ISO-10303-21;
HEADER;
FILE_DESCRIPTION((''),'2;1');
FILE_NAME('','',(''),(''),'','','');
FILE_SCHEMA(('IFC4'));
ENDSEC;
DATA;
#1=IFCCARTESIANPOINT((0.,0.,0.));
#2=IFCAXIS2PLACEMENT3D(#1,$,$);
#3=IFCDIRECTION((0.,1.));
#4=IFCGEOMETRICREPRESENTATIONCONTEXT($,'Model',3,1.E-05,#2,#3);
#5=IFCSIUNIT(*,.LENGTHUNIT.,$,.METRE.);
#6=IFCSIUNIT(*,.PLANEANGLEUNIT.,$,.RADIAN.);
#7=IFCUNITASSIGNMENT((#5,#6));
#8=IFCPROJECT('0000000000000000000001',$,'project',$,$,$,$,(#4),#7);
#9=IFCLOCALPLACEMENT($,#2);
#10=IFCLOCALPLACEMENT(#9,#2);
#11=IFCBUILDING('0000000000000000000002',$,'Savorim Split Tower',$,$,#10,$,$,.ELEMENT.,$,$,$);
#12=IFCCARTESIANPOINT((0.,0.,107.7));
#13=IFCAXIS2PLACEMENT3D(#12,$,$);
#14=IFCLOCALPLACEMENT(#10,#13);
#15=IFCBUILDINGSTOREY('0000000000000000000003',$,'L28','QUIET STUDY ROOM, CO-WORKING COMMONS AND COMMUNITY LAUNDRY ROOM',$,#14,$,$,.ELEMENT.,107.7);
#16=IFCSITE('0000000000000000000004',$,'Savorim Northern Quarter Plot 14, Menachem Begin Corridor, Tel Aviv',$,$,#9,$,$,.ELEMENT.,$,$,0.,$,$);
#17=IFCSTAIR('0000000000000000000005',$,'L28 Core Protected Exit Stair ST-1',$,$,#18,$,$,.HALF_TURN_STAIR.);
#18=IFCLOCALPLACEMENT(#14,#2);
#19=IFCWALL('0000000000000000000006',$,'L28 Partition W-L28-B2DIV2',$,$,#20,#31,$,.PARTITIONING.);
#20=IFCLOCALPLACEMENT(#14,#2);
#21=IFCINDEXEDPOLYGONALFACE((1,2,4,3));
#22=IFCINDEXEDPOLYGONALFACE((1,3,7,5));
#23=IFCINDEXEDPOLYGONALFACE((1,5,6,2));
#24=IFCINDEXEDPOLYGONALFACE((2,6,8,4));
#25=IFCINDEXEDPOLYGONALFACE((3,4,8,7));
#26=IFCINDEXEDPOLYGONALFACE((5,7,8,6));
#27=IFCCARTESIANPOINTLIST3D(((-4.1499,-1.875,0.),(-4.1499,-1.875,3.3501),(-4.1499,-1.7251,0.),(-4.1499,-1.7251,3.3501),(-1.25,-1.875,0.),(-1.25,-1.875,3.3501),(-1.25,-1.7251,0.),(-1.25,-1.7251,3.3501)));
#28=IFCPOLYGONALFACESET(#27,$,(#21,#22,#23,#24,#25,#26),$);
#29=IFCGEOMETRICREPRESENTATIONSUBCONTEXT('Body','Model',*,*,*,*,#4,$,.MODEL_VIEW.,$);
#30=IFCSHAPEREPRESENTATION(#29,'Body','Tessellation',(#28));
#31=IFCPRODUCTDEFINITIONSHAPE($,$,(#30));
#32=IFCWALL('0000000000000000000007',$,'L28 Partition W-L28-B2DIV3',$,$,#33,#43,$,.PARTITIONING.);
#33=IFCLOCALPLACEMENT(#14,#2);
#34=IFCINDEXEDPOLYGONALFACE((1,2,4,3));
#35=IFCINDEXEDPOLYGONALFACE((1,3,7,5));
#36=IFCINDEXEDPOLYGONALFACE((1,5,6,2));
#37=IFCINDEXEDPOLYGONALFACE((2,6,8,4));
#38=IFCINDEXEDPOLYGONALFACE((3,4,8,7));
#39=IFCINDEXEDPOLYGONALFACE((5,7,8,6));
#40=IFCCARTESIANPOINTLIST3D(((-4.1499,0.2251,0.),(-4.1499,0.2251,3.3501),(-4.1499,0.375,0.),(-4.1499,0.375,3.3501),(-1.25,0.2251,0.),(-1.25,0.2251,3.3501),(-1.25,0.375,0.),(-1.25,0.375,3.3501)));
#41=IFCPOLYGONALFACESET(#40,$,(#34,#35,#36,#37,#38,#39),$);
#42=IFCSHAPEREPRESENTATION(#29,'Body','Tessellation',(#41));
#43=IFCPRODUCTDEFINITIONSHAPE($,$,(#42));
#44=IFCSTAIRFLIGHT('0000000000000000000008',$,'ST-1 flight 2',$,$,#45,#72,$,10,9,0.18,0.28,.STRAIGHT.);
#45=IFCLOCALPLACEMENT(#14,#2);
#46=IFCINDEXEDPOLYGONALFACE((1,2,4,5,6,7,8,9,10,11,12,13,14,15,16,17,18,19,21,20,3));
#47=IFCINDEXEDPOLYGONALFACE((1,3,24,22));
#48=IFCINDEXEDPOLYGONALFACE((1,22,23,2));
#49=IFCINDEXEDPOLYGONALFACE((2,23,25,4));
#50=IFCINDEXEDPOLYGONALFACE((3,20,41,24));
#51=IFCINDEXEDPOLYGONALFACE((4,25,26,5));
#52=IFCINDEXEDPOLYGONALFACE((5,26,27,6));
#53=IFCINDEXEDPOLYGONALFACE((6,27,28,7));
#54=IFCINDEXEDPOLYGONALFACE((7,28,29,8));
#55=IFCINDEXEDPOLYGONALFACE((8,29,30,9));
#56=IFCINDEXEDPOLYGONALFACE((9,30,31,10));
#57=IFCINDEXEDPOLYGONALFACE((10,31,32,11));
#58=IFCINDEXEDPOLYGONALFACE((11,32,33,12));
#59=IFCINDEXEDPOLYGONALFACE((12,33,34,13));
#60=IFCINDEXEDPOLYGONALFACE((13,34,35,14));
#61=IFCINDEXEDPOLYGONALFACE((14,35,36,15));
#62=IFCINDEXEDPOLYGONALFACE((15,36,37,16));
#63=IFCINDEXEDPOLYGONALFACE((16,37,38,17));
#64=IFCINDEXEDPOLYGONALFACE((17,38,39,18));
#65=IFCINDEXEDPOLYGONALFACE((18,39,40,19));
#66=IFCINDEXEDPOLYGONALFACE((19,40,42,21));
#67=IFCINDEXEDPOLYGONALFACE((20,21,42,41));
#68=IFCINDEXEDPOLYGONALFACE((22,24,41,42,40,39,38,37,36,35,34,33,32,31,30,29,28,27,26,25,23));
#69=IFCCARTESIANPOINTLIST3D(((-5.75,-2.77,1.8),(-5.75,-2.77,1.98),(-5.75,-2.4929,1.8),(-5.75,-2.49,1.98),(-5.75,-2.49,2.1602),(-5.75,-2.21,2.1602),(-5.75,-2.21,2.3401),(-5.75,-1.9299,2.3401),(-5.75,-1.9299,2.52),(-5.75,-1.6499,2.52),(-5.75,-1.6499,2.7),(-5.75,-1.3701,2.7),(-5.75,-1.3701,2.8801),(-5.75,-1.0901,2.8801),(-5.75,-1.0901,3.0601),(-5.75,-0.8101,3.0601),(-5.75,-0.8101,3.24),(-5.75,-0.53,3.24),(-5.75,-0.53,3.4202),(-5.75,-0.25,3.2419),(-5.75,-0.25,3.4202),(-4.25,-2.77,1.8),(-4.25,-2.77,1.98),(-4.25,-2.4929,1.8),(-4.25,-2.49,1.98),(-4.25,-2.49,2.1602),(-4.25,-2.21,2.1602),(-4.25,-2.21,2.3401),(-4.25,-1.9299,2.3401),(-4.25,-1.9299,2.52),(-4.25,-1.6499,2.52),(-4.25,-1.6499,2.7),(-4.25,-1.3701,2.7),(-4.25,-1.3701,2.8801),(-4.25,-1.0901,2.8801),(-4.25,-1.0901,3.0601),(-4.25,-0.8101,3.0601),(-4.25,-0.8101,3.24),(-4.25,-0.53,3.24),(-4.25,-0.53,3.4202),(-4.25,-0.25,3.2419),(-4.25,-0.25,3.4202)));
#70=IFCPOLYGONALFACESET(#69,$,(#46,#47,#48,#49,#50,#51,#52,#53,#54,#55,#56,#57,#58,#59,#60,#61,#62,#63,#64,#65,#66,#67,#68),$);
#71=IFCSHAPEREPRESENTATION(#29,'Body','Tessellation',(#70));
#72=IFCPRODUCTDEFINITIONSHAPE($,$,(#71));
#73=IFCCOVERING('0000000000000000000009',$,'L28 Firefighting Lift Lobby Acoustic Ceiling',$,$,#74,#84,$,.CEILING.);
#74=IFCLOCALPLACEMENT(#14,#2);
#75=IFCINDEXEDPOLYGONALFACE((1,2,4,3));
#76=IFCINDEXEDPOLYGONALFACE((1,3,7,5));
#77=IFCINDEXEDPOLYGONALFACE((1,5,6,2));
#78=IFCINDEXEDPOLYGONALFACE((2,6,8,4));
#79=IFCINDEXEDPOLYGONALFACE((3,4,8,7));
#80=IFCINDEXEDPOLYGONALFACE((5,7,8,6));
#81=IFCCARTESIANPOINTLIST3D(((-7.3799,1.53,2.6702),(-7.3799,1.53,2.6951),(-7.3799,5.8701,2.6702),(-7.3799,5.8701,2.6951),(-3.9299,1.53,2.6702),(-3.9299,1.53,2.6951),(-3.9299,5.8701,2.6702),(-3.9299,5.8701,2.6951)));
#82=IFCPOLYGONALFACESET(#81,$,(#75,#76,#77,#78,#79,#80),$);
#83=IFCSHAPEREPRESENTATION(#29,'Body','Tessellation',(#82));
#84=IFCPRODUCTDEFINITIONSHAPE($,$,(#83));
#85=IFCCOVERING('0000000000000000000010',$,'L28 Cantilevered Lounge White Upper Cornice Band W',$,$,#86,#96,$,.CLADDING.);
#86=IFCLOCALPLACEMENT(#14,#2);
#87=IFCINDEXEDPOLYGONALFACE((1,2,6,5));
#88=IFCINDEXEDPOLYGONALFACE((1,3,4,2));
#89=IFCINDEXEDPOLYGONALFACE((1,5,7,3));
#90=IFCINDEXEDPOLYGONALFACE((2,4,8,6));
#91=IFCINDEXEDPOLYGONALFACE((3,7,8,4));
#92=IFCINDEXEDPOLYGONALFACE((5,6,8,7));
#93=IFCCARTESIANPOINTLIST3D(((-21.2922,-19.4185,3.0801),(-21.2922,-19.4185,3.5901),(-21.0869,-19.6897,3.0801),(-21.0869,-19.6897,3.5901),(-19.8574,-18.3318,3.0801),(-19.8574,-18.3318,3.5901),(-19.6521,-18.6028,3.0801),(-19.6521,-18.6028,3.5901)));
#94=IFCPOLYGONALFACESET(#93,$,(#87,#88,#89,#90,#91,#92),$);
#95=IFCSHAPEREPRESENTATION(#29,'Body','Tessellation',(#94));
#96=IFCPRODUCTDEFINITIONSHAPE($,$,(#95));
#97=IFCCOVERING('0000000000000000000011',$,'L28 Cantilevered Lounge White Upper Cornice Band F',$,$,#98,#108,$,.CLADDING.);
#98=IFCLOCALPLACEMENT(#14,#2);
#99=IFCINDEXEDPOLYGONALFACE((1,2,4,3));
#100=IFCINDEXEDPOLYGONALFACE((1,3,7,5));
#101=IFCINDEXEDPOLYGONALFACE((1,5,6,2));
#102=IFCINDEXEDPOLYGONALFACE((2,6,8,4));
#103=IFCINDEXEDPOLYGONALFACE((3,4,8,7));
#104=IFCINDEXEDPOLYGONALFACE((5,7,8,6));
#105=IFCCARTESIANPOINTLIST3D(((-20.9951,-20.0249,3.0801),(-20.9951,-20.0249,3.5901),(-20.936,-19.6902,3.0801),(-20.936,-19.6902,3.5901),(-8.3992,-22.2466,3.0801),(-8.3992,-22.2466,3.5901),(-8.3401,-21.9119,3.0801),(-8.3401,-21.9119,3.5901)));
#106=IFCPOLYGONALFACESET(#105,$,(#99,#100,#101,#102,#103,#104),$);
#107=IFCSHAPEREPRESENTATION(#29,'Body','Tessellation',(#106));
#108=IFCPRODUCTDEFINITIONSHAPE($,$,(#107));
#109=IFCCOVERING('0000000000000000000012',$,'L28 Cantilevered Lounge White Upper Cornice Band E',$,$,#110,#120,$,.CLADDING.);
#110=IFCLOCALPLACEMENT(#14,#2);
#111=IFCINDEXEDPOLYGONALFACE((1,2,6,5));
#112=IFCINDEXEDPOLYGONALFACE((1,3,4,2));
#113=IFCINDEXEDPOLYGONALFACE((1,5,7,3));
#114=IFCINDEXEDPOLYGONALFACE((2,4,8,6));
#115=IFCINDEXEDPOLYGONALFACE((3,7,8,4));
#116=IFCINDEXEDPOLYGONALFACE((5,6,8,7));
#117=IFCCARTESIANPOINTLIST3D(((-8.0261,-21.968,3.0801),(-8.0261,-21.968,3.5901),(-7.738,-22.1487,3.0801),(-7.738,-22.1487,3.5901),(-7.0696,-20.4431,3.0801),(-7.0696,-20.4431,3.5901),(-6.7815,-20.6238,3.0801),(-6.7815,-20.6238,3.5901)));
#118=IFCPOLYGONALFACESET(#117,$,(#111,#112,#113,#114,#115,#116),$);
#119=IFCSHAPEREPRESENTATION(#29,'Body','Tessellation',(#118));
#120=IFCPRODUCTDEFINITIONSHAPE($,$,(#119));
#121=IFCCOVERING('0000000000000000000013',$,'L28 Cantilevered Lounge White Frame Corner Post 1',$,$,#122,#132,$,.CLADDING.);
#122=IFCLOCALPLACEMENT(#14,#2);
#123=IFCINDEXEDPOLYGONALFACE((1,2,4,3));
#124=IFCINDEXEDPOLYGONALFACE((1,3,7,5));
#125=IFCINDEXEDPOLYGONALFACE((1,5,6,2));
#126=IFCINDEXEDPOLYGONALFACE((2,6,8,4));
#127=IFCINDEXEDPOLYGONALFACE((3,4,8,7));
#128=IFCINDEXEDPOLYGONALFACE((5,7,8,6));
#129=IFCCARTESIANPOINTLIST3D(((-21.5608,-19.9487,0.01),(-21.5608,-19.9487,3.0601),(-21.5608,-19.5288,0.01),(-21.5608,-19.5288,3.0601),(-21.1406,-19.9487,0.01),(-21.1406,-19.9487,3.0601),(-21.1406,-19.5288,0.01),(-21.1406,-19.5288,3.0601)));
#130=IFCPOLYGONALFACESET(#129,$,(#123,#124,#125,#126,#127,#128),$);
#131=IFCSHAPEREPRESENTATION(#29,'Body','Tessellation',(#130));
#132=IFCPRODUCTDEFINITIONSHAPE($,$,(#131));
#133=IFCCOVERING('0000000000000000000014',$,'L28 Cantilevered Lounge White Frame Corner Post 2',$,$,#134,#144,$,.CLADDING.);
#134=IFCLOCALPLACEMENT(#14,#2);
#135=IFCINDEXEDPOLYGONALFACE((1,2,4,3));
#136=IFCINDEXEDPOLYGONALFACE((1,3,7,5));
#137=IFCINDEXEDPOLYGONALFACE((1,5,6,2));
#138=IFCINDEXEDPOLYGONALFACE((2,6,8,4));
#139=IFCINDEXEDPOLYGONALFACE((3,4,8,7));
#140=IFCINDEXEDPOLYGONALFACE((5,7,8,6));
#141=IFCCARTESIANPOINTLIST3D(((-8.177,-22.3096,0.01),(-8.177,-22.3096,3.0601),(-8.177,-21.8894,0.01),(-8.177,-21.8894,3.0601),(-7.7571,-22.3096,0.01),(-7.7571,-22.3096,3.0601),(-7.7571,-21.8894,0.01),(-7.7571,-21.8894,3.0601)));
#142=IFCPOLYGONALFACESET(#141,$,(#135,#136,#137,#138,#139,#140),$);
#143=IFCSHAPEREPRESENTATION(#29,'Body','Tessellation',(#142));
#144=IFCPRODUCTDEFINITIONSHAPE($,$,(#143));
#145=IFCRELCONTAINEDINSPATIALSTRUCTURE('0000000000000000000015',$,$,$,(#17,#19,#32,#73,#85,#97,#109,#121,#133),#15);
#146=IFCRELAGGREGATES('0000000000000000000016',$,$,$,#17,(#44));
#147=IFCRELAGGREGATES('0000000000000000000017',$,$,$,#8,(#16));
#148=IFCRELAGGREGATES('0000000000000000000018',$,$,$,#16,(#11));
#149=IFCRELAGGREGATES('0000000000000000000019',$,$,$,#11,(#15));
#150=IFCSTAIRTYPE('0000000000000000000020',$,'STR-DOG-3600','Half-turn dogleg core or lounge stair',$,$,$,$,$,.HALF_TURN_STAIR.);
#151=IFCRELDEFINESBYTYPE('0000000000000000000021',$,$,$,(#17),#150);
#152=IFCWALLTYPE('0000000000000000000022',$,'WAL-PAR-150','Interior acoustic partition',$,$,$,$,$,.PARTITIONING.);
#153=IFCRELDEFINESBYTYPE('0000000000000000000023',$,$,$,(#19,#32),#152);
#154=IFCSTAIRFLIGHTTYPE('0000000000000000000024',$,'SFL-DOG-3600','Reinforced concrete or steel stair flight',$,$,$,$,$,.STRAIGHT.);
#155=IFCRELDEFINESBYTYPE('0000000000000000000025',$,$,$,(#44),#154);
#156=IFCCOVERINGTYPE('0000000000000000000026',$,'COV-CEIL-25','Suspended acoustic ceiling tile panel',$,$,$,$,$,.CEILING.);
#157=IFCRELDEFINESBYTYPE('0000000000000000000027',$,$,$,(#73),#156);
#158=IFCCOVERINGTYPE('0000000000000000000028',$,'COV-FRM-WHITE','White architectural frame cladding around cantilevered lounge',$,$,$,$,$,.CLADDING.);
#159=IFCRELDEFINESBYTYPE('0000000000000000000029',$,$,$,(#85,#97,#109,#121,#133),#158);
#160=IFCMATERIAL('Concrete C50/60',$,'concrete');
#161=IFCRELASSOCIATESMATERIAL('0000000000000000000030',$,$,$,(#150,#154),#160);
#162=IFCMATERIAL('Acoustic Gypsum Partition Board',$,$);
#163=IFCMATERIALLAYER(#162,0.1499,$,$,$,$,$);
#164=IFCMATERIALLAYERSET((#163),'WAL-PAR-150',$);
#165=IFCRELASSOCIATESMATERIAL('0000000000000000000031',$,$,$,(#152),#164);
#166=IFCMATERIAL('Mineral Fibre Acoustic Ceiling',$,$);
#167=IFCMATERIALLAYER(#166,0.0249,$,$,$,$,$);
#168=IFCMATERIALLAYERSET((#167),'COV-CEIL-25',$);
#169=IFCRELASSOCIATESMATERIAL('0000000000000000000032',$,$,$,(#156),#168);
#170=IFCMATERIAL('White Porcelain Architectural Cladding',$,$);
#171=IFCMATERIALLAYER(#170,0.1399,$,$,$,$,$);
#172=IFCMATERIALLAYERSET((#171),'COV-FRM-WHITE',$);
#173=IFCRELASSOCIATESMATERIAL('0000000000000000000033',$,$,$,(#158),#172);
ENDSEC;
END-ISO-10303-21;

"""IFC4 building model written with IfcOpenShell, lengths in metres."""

from ifc_helpers import new_model, si_unit, direction, frame, frame_2d, origin, place, context, subcontext, project, spatial, polyline, rectangle, outline, extrude, material, layer, layer_set, type_object, element, aggregate, save


model = new_model("IFC4")

# Units and contexts
model_context = context("Model", 3, precision=1e-05, world=origin(), true_north=direction((0.0, 1.0)))
body_context = subcontext(model_context, "Body", "Model", "MODEL_VIEW")
ifc_project = project(units=[si_unit("LENGTHUNIT", "METRE"), si_unit("PLANEANGLEUNIT", "RADIAN")], contexts=[model_context])

# Site, building, storey
site_placement = place(None, origin())
site = spatial("IfcSite", under=ifc_project, at=site_placement, Name="Savorim Northern Quarter Plot 14, Menachem Begin Corridor, Tel Aviv", CompositionType="ELEMENT", RefElevation=0.0)
building_placement = place(site_placement, origin())
building = spatial("IfcBuilding", under=site, at=building_placement, Name="Savorim Split Tower", CompositionType="ELEMENT")
storey_placement = place(building_placement, frame((0.0, 0.0, 107.7)))
storey = spatial("IfcBuildingStorey", under=building, at=storey_placement, Name="L28", Description="QUIET STUDY ROOM, CO-WORKING COMMONS AND COMMUNITY LAUNDRY ROOM", CompositionType="ELEMENT", Elevation=107.7)

# Shared definitions
ifc_material_1 = material(Name="Concrete C50/60", Category="concrete")

# Stair
stair_type = type_object("IfcStairType", Name="STR-DOG-3600", Description="Half-turn dogleg core or lounge stair", PredefinedType="HALF_TURN_STAIR", material=ifc_material_1)
stair_1_placement = place(storey_placement, origin())
stair_1 = element("IfcStair", 1, at=stair_1_placement, inside=storey, type_object=stair_type, Name="L28 Core Protected Exit Stair ST-1", PredefinedType="HALF_TURN_STAIR")

# Walls
ifc_material_2 = material(Name="Acoustic Gypsum Partition Board")
ifc_layer_1 = layer(ifc_material_2, 0.1499)
ifc_layer_set_1 = layer_set([ifc_layer_1], Name="WAL-PAR-150")
wall_type_1 = type_object("IfcWallType", Name="WAL-PAR-150", Description="Interior acoustic partition", PredefinedType="PARTITIONING", material=ifc_layer_set_1)
for number, where, z_axis, x_axis, name in (
    (2, (-4.1499, -1.8, 0.0), (0.0, 0.0, 1.0), (1.0, 0.0, 0.0), "L28 Partition W-L28-B2DIV2"),
    (3, (-4.1499, 0.3, 0.0), (0.0, 0.0, 1.0), (1.0, 0.0, 0.0), "L28 Partition W-L28-B2DIV3"),
):
    element("IfcWall", number, at=place(storey_placement, frame(where, z_axis=z_axis, x_axis=x_axis)), inside=storey, type_object=wall_type_1, Name=name, PredefinedType="PARTITIONING", context=body_context, shape_type="SweptSolid", body=[
        extrude(rectangle(XDim=2.8999, YDim=0.1499, at=frame_2d((1.45, 0.0))), origin(), (0.0, 0.0, 1.0), 3.3501),
    ])

# Stair flight
stair_flight_type = type_object("IfcStairFlightType", Name="SFL-DOG-3600", Description="Reinforced concrete or steel stair flight", PredefinedType="STRAIGHT", material=ifc_material_1)
stair_flight_placement = place(storey_placement, frame((-5.0, -2.77, 1.8), z_axis=(0.0, 0.0, 1.0), x_axis=(0.0, 1.0, 0.0)))
stair_flight = element("IfcStairFlight", 4, at=stair_flight_placement, type_object=stair_flight_type, Name="ST-1 flight 2", NumberOfRisers=10, NumberOfTreads=9, PredefinedType="STRAIGHT", RiserHeight=0.18, TreadLength=0.28, context=body_context, shape_type="SweptSolid", body=[
    extrude(outline(polyline([(0.0, 0.0), (0.0, 0.1799), (0.28, 0.1799), (0.28, 0.3601), (0.5601, 0.3601), (0.5601, 0.54), (0.8401, 0.54), (0.8401, 0.72), (1.1201, 0.72), (1.1201, 0.8999), (1.3999, 0.8999), (1.3999, 1.0801), (1.6799, 1.0801), (1.6799, 1.26), (1.96, 1.26), (1.96, 1.4399), (2.24, 1.4399), (2.24, 1.6201), (2.52, 1.6201), (2.52, 1.8), (2.52, 1.4419), (0.2771, 0.0), (0.0, 0.0)])), frame((0.0, 0.75, 0.0), z_axis=(0.0, -1.0, 0.0), x_axis=(1.0, 0.0, 0.0)), (0.0, 0.0, 1.0), 1.5),
])
aggregate(stair_1, [stair_flight])

# Coverings
ifc_material_3 = material(Name="Mineral Fibre Acoustic Ceiling")
ifc_layer_2 = layer(ifc_material_3, 0.0249)
ifc_layer_set_2 = layer_set([ifc_layer_2], Name="COV-CEIL-25")
covering_type_1 = type_object("IfcCoveringType", Name="COV-CEIL-25", Description="Suspended acoustic ceiling tile panel", PredefinedType="CEILING", material=ifc_layer_set_2)
covering_1_placement = place(storey_placement, frame((0.0, 0.0, 2.6702)))
element("IfcCovering", 5, at=covering_1_placement, inside=storey, type_object=covering_type_1, Name="L28 Firefighting Lift Lobby Acoustic Ceiling", PredefinedType="CEILING", context=body_context, shape_type="SweptSolid", body=[
    extrude(outline(polyline([(-7.3799, 5.8701), (-7.3799, 1.53), (-3.9299, 1.53), (-3.9299, 5.8701), (-7.3799, 5.8701)])), origin(), (0.0, 0.0, 1.0), 0.0249),
])
ifc_material_4 = material(Name="White Porcelain Architectural Cladding")
ifc_layer_3 = layer(ifc_material_4, 0.1399)
ifc_layer_set_3 = layer_set([ifc_layer_3], Name="COV-FRM-WHITE")
covering_type_2 = type_object("IfcCoveringType", Name="COV-FRM-WHITE", Description="White architectural frame cladding around cantilevered lounge", PredefinedType="CLADDING", material=ifc_layer_set_3)
covering_2_placement = place(storey_placement, frame((0.0, 0.0, 3.0801)))
element("IfcCovering", 6, at=covering_2_placement, inside=storey, type_object=covering_type_2, Name="L28 Cantilevered Lounge White Upper Cornice Band W", PredefinedType="CLADDING", context=body_context, shape_type="SweptSolid", body=[
    extrude(outline(polyline([(-19.8574, -18.3318), (-21.2922, -19.4185), (-21.0869, -19.6897), (-19.6521, -18.6028), (-19.8574, -18.3318)])), origin(), (0.0, 0.0, 1.0), 0.51),
])
covering_3_placement = place(storey_placement, frame((0.0, 0.0, 3.0801)))
element("IfcCovering", 7, at=covering_3_placement, inside=storey, type_object=covering_type_2, Name="L28 Cantilevered Lounge White Upper Cornice Band F", PredefinedType="CLADDING", context=body_context, shape_type="SweptSolid", body=[
    extrude(outline(polyline([(-20.9951, -20.0249), (-8.3992, -22.2466), (-8.3401, -21.9119), (-20.936, -19.6902), (-20.9951, -20.0249)])), origin(), (0.0, 0.0, 1.0), 0.51),
])
covering_4_placement = place(storey_placement, frame((0.0, 0.0, 3.0801)))
element("IfcCovering", 8, at=covering_4_placement, inside=storey, type_object=covering_type_2, Name="L28 Cantilevered Lounge White Upper Cornice Band E", PredefinedType="CLADDING", context=body_context, shape_type="SweptSolid", body=[
    extrude(outline(polyline([(-7.738, -22.1487), (-6.7815, -20.6238), (-7.0696, -20.4431), (-8.0261, -21.968), (-7.738, -22.1487)])), origin(), (0.0, 0.0, 1.0), 0.51),
])
covering_5_placement = place(storey_placement, frame((0.0, 0.0, 0.01)))
element("IfcCovering", 9, at=covering_5_placement, inside=storey, type_object=covering_type_2, Name="L28 Cantilevered Lounge White Frame Corner Post 1", PredefinedType="CLADDING", context=body_context, shape_type="SweptSolid", body=[
    extrude(outline(polyline([(-21.5608, -19.9487), (-21.1406, -19.9487), (-21.1406, -19.5288), (-21.5608, -19.5288), (-21.5608, -19.9487)])), origin(), (0.0, 0.0, 1.0), 3.05),
])
covering_6_placement = place(storey_placement, frame((0.0, 0.0, 0.01)))
element("IfcCovering", 10, at=covering_6_placement, inside=storey, type_object=covering_type_2, Name="L28 Cantilevered Lounge White Frame Corner Post 2", PredefinedType="CLADDING", context=body_context, shape_type="SweptSolid", body=[
    extrude(outline(polyline([(-8.177, -22.3096), (-7.7571, -22.3096), (-7.7571, -21.8894), (-8.177, -21.8894), (-8.177, -22.3096)])), origin(), (0.0, 0.0, 1.0), 3.05),
])

save(model, "model.ifc")
